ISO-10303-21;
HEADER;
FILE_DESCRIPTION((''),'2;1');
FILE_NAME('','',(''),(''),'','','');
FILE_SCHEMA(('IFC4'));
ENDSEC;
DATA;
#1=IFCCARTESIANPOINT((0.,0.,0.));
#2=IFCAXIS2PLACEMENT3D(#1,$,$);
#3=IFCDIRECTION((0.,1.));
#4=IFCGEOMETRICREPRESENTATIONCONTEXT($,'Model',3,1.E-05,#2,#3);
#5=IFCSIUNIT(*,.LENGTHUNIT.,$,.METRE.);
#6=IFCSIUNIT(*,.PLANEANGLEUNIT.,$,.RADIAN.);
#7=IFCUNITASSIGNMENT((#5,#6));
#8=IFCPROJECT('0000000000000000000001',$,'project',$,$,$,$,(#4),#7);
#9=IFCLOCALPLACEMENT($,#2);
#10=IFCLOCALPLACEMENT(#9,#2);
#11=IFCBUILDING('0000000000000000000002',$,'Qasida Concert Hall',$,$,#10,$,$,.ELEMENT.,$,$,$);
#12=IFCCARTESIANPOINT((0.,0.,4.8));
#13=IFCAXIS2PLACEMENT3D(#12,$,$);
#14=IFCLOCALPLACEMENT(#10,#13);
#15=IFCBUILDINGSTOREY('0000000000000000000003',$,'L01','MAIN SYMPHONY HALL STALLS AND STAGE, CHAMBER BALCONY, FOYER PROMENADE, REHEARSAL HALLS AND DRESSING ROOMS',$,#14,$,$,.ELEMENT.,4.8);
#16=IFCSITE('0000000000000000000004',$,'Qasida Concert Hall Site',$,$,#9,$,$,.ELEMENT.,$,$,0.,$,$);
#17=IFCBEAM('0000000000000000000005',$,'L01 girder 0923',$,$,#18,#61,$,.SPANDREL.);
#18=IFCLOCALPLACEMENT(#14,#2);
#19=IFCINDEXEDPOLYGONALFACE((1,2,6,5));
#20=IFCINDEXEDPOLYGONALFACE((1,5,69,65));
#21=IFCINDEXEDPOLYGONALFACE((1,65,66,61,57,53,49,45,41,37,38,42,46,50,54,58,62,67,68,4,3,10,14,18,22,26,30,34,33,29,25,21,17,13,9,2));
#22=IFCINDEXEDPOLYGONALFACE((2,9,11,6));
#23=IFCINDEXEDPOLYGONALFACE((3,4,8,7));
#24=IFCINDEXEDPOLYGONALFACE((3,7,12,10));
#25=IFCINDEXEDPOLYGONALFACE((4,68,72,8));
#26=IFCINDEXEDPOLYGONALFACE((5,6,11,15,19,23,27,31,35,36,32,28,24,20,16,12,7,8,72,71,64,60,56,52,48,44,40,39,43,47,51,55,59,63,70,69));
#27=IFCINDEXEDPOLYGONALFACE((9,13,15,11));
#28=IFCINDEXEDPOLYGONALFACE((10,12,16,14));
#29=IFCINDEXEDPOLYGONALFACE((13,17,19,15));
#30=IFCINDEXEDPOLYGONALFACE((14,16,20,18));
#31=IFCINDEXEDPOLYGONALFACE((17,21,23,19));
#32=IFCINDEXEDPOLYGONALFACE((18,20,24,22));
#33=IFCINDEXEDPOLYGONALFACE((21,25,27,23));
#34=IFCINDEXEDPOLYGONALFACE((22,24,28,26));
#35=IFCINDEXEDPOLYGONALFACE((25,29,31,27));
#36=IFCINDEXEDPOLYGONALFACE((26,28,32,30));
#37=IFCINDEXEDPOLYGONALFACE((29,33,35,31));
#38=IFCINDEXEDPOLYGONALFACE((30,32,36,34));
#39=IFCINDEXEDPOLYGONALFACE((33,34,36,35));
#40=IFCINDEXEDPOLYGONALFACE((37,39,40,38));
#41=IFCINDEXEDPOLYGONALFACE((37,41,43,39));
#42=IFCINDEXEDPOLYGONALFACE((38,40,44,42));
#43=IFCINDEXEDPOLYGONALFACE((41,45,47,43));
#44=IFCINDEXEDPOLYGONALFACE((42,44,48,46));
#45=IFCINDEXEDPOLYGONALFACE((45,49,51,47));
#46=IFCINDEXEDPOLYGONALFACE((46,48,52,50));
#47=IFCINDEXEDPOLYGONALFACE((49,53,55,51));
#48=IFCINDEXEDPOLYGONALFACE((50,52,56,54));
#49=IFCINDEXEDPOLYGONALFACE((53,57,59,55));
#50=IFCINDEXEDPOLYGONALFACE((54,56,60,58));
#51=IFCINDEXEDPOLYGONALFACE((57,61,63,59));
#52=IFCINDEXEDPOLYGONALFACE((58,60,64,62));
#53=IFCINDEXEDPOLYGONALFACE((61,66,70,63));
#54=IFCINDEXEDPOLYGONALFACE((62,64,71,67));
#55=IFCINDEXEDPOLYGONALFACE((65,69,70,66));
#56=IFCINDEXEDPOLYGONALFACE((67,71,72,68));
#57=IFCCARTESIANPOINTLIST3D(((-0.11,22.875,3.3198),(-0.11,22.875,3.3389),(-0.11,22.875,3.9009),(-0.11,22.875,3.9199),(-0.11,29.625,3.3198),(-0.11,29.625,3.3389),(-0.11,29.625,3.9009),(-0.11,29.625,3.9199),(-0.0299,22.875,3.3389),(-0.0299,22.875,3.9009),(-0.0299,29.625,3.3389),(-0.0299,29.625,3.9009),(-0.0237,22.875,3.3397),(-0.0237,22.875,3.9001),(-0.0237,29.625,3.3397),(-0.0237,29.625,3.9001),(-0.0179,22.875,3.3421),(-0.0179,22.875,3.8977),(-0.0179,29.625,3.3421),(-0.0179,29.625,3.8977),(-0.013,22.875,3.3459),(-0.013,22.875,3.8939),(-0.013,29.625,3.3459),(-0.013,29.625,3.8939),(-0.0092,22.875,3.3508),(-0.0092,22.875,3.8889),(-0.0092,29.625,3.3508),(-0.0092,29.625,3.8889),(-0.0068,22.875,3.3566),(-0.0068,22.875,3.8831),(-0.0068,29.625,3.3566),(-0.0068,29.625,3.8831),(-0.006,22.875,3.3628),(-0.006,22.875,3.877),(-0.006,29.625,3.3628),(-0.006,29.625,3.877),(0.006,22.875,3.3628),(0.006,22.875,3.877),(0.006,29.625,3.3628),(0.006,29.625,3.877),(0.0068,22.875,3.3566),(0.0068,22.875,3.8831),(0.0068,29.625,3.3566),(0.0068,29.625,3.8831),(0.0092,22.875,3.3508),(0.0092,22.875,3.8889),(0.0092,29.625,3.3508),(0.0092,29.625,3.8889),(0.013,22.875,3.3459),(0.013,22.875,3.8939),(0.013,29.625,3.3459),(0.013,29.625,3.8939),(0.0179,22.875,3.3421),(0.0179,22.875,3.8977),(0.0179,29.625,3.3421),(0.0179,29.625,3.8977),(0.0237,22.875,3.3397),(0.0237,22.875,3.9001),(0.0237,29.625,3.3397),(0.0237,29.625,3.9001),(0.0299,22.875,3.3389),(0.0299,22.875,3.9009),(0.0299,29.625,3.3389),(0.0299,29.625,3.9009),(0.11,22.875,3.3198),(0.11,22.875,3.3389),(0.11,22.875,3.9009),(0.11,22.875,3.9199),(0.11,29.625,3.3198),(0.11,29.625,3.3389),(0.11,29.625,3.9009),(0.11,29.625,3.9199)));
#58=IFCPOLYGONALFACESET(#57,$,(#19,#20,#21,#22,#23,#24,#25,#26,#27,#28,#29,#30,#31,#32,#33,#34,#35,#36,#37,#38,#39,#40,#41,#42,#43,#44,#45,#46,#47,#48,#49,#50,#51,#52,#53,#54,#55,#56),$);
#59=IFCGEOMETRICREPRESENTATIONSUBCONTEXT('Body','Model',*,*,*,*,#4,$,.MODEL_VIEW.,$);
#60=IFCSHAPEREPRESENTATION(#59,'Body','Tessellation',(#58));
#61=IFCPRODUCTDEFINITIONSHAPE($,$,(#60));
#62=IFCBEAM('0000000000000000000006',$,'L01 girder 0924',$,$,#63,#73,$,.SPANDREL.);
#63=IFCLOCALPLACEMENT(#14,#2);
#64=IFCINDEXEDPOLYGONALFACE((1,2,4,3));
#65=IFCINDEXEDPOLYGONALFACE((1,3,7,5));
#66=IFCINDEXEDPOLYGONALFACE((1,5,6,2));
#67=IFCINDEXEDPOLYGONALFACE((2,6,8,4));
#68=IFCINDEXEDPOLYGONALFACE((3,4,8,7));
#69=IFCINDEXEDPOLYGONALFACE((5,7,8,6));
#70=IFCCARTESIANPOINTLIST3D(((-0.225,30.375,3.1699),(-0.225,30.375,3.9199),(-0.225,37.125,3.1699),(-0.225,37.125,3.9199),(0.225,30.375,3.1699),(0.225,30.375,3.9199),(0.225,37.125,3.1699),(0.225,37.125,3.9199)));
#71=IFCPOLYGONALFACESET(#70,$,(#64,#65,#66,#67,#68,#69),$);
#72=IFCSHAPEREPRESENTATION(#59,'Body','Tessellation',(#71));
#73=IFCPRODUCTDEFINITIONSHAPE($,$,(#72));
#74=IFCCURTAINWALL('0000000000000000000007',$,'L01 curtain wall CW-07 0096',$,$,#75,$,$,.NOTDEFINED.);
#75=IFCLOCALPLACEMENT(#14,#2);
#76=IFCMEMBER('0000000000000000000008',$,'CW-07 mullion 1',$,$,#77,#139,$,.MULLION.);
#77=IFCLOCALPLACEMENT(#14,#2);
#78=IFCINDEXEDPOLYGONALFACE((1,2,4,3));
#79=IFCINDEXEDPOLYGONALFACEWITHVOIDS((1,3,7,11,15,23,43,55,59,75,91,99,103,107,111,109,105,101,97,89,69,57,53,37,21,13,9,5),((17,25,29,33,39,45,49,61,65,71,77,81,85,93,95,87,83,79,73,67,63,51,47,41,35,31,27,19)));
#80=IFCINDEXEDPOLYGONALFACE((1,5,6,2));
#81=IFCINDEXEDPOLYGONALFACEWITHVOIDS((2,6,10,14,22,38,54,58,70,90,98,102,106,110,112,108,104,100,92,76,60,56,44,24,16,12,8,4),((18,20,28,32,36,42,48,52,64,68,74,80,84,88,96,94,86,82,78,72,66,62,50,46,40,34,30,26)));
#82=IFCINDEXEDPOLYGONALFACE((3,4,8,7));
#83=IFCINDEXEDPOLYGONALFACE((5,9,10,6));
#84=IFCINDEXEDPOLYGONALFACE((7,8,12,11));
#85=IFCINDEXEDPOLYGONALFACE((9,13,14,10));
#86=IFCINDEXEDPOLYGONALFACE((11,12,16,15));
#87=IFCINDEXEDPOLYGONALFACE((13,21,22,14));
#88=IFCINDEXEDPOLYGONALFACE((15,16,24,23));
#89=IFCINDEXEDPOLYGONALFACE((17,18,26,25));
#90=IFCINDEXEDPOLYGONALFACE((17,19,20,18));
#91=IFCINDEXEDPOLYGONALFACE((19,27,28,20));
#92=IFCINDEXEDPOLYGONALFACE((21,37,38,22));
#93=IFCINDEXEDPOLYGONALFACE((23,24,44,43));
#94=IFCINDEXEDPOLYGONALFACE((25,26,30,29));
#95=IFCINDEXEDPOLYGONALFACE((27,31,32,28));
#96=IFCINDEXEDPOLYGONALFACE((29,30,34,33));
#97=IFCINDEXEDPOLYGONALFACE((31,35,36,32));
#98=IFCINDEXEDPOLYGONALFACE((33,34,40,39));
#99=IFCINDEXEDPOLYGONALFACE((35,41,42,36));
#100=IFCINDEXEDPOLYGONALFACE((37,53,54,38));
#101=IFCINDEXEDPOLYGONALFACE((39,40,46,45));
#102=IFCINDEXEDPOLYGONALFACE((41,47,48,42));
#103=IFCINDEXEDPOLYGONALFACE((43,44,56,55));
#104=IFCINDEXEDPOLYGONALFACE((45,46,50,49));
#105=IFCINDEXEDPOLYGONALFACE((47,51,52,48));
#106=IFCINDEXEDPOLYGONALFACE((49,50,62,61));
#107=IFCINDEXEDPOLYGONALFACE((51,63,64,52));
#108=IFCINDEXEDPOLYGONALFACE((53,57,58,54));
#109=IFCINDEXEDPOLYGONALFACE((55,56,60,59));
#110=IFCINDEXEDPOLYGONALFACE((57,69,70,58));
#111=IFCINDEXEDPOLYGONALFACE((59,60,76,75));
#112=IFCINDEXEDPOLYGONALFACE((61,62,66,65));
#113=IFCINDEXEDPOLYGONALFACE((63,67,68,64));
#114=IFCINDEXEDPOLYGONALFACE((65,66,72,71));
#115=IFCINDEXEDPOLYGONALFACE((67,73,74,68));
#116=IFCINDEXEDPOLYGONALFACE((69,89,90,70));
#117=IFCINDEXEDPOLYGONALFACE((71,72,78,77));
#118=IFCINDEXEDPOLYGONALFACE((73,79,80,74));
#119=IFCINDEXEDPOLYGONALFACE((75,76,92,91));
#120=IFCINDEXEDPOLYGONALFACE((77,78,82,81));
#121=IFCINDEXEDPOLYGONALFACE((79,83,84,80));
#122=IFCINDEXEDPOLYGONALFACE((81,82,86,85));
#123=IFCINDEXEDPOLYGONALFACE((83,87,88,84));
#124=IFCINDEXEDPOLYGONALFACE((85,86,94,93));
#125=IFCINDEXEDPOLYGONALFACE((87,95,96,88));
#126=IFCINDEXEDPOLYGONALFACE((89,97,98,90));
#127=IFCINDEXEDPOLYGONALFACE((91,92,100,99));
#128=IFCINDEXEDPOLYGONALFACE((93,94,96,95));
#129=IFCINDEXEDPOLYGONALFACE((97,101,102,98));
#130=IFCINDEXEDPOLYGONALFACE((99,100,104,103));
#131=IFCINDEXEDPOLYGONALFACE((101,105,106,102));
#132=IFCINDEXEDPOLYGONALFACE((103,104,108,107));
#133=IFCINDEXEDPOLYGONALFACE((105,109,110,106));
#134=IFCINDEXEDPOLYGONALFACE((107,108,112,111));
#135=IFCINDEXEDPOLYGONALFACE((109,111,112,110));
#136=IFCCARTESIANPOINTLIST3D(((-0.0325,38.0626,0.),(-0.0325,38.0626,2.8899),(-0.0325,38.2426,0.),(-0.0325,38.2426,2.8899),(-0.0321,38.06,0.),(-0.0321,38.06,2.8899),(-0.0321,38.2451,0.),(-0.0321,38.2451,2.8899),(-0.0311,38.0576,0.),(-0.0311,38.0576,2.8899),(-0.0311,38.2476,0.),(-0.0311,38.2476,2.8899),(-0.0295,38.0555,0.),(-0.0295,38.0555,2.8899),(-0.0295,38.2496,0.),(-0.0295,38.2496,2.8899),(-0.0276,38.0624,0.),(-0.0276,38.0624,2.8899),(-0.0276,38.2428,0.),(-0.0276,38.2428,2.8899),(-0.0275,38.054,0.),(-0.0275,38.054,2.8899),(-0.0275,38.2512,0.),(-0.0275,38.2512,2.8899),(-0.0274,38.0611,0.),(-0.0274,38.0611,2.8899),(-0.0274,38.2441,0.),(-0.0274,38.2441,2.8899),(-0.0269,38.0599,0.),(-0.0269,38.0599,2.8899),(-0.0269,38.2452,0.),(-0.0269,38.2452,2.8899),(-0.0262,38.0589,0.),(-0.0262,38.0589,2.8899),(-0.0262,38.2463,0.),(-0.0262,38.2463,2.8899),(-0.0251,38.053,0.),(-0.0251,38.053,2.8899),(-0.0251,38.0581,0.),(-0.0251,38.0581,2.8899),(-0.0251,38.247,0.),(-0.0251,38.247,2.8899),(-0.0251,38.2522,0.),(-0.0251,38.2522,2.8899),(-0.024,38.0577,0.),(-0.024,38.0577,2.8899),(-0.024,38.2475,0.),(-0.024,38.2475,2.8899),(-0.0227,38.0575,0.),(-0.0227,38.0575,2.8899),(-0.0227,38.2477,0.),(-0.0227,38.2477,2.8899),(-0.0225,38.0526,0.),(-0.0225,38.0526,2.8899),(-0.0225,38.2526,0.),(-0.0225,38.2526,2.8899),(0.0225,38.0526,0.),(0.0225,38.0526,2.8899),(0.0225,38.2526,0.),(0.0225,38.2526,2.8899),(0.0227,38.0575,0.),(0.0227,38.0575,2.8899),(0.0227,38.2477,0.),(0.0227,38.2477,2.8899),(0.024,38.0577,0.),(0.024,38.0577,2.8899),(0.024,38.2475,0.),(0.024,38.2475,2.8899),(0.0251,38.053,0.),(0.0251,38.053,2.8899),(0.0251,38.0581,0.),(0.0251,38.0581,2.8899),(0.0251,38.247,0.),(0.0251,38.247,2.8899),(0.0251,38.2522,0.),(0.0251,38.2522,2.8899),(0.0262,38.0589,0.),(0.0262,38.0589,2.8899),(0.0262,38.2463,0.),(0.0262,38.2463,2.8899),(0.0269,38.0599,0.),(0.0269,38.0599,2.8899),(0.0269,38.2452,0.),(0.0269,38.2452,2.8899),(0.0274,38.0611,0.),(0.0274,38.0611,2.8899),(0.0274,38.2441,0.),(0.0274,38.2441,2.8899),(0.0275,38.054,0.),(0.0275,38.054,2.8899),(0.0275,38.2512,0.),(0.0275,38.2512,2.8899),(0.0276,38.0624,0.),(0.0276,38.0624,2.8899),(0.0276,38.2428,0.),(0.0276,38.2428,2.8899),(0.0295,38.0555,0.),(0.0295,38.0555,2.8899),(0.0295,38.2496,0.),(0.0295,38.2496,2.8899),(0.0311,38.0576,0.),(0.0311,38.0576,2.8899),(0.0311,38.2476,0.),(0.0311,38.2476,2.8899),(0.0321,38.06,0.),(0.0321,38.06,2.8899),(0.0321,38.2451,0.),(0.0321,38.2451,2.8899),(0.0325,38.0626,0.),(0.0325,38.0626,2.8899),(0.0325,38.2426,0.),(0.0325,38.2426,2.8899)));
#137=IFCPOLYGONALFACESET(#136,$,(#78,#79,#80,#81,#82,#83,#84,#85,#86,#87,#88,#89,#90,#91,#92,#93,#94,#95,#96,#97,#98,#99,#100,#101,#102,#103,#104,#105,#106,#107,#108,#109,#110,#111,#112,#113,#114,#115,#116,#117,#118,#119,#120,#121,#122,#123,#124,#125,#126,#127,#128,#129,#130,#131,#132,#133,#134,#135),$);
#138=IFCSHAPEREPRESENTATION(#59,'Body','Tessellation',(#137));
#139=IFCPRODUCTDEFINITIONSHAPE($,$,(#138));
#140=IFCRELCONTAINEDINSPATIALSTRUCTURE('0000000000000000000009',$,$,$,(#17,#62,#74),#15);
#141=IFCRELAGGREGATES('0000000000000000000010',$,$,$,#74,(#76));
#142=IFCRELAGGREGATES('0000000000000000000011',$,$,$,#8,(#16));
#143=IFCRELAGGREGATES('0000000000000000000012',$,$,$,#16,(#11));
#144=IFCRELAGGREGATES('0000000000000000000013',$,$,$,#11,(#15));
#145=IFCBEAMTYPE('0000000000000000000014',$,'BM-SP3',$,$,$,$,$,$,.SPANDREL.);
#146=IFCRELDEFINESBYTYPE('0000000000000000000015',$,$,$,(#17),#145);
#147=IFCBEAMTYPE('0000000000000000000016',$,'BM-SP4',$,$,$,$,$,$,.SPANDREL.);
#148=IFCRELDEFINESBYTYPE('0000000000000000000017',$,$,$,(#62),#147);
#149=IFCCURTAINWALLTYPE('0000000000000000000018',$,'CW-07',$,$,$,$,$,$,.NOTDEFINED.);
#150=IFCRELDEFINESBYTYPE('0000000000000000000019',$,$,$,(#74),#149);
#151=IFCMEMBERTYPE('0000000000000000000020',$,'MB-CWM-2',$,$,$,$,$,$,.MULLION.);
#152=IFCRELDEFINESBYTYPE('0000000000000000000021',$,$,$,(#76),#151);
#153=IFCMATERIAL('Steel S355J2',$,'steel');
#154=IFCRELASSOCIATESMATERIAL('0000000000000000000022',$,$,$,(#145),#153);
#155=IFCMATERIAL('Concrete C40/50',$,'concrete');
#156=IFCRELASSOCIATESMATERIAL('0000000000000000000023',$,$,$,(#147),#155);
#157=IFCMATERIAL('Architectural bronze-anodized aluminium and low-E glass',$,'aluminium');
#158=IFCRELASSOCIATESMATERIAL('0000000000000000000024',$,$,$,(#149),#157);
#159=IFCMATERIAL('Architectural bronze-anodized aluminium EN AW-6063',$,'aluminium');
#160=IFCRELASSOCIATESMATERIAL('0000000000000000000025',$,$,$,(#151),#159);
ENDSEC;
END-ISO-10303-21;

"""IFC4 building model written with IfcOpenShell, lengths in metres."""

from ifc_helpers import new_model, si_unit, direction, frame, origin, origin_2d, place, context, subcontext, project, spatial, rectangle, hollow_rectangle, i_section, extrude, material, material_profile, profile_set, type_object, element, aggregate, save


model = new_model("IFC4")

# Units and contexts
model_context = context("Model", 3, precision=1e-05, world=origin(), true_north=direction((0.0, 1.0)))
body_context = subcontext(model_context, "Body", "Model", "MODEL_VIEW")
ifc_project = project(units=[si_unit("LENGTHUNIT", "METRE"), si_unit("PLANEANGLEUNIT", "RADIAN")], contexts=[model_context])

# Site, building, storey
site_placement = place(None, origin())
site = spatial("IfcSite", under=ifc_project, at=site_placement, Name="Qasida Concert Hall Site", CompositionType="ELEMENT", RefElevation=0.0)
building_placement = place(site_placement, origin())
building = spatial("IfcBuilding", under=site, at=building_placement, Name="Qasida Concert Hall", CompositionType="ELEMENT")
storey_placement = place(building_placement, frame((0.0, 0.0, 4.8)))
storey = spatial("IfcBuildingStorey", under=building, at=storey_placement, Name="L01", Description="MAIN SYMPHONY HALL STALLS AND STAGE, CHAMBER BALCONY, FOYER PROMENADE, REHEARSAL HALLS AND DRESSING ROOMS", CompositionType="ELEMENT", Elevation=4.8)

# Beams
ifc_material_1 = material(Name="Concrete C40/50", Category="concrete")
ifc_material_2 = material(Name="Steel S355J2", Category="steel")
ifc_material_profile_1 = material_profile(ifc_material_2, i_section(OverallWidth=0.22, OverallDepth=0.6001, WebThickness=0.012, FlangeThickness=0.019, FilletRadius=0.0239, at=origin_2d()), Name="IPE 600")
ifc_profile_set_1 = profile_set([ifc_material_profile_1], Name="Steel S355J2")
beam_type_1 = type_object("IfcBeamType", Name="BM-SP3", PredefinedType="SPANDREL", material=ifc_profile_set_1)
beam_1_placement = place(storey_placement, frame((0.0, 22.875, 3.6199), z_axis=(0.0, 1.0, 0.0), x_axis=(-1.0, 0.0, 0.0)))
element("IfcBeam", 1, at=beam_1_placement, inside=storey, type_object=beam_type_1, Name="L01 girder 0923", PredefinedType="SPANDREL", context=body_context, shape_type="SweptSolid", body=[
    extrude(i_section(OverallWidth=0.22, OverallDepth=0.6001, WebThickness=0.012, FlangeThickness=0.019, FilletRadius=0.0239, at=origin_2d()), origin(), (0.0, 0.0, 1.0), 6.75),
])
ifc_material_profile_2 = material_profile(ifc_material_1, rectangle(XDim=0.45, YDim=0.75, at=origin_2d()), Name="RC 450x750")
ifc_profile_set_2 = profile_set([ifc_material_profile_2], Name="Concrete C40/50")
beam_type_2 = type_object("IfcBeamType", Name="BM-SP4", PredefinedType="SPANDREL", material=ifc_profile_set_2)
beam_2_placement = place(storey_placement, frame((0.0, 30.375, 3.5449), z_axis=(0.0, 1.0, 0.0), x_axis=(-1.0, 0.0, 0.0)))
element("IfcBeam", 2, at=beam_2_placement, inside=storey, type_object=beam_type_2, Name="L01 girder 0924", PredefinedType="SPANDREL", context=body_context, shape_type="SweptSolid", body=[
    extrude(rectangle(XDim=0.45, YDim=0.75, at=origin_2d()), origin(), (0.0, 0.0, 1.0), 6.75),
])

# Curtain wall, member
ifc_material_3 = material(Name="Architectural bronze-anodized aluminium and low-E glass", Category="aluminium")
curtain_wall_type = type_object("IfcCurtainWallType", Name="CW-07", PredefinedType="NOTDEFINED", material=ifc_material_3)
curtain_wall_placement = place(storey_placement, origin())
curtain_wall = element("IfcCurtainWall", 3, at=curtain_wall_placement, inside=storey, type_object=curtain_wall_type, Name="L01 curtain wall CW-07 0096", PredefinedType="NOTDEFINED")
ifc_material_4 = material(Name="Architectural bronze-anodized aluminium EN AW-6063", Category="aluminium")
ifc_material_profile_3 = material_profile(ifc_material_4, hollow_rectangle(XDim=0.0649, YDim=0.2, WallThickness=0.0049, InnerFilletRadius=0.0049, OuterFilletRadius=0.01, at=origin_2d()), Name="CWM 200x65x5")
ifc_profile_set_3 = profile_set([ifc_material_profile_3], Name="Architectural bronze-anodized aluminium EN AW-6063")
member_type_1 = type_object("IfcMemberType", Name="MB-CWM-2", PredefinedType="MULLION", material=ifc_profile_set_3)
member_1_placement = place(storey_placement, frame((0.0, 38.1526, 0.0), z_axis=(0.0, 0.0, 1.0), x_axis=(-1.0, 0.0, 0.0)))
member_1 = element("IfcMember", 4, at=member_1_placement, type_object=member_type_1, Name="CW-07 mullion 1", PredefinedType="MULLION", context=body_context, shape_type="SweptSolid", body=[
    extrude(hollow_rectangle(XDim=0.0649, YDim=0.2, WallThickness=0.0049, InnerFilletRadius=0.0049, OuterFilletRadius=0.01, at=origin_2d()), origin(), (0.0, 0.0, 1.0), 2.8899),
])
aggregate(curtain_wall, [member_1])

save(model, "model.ifc")
